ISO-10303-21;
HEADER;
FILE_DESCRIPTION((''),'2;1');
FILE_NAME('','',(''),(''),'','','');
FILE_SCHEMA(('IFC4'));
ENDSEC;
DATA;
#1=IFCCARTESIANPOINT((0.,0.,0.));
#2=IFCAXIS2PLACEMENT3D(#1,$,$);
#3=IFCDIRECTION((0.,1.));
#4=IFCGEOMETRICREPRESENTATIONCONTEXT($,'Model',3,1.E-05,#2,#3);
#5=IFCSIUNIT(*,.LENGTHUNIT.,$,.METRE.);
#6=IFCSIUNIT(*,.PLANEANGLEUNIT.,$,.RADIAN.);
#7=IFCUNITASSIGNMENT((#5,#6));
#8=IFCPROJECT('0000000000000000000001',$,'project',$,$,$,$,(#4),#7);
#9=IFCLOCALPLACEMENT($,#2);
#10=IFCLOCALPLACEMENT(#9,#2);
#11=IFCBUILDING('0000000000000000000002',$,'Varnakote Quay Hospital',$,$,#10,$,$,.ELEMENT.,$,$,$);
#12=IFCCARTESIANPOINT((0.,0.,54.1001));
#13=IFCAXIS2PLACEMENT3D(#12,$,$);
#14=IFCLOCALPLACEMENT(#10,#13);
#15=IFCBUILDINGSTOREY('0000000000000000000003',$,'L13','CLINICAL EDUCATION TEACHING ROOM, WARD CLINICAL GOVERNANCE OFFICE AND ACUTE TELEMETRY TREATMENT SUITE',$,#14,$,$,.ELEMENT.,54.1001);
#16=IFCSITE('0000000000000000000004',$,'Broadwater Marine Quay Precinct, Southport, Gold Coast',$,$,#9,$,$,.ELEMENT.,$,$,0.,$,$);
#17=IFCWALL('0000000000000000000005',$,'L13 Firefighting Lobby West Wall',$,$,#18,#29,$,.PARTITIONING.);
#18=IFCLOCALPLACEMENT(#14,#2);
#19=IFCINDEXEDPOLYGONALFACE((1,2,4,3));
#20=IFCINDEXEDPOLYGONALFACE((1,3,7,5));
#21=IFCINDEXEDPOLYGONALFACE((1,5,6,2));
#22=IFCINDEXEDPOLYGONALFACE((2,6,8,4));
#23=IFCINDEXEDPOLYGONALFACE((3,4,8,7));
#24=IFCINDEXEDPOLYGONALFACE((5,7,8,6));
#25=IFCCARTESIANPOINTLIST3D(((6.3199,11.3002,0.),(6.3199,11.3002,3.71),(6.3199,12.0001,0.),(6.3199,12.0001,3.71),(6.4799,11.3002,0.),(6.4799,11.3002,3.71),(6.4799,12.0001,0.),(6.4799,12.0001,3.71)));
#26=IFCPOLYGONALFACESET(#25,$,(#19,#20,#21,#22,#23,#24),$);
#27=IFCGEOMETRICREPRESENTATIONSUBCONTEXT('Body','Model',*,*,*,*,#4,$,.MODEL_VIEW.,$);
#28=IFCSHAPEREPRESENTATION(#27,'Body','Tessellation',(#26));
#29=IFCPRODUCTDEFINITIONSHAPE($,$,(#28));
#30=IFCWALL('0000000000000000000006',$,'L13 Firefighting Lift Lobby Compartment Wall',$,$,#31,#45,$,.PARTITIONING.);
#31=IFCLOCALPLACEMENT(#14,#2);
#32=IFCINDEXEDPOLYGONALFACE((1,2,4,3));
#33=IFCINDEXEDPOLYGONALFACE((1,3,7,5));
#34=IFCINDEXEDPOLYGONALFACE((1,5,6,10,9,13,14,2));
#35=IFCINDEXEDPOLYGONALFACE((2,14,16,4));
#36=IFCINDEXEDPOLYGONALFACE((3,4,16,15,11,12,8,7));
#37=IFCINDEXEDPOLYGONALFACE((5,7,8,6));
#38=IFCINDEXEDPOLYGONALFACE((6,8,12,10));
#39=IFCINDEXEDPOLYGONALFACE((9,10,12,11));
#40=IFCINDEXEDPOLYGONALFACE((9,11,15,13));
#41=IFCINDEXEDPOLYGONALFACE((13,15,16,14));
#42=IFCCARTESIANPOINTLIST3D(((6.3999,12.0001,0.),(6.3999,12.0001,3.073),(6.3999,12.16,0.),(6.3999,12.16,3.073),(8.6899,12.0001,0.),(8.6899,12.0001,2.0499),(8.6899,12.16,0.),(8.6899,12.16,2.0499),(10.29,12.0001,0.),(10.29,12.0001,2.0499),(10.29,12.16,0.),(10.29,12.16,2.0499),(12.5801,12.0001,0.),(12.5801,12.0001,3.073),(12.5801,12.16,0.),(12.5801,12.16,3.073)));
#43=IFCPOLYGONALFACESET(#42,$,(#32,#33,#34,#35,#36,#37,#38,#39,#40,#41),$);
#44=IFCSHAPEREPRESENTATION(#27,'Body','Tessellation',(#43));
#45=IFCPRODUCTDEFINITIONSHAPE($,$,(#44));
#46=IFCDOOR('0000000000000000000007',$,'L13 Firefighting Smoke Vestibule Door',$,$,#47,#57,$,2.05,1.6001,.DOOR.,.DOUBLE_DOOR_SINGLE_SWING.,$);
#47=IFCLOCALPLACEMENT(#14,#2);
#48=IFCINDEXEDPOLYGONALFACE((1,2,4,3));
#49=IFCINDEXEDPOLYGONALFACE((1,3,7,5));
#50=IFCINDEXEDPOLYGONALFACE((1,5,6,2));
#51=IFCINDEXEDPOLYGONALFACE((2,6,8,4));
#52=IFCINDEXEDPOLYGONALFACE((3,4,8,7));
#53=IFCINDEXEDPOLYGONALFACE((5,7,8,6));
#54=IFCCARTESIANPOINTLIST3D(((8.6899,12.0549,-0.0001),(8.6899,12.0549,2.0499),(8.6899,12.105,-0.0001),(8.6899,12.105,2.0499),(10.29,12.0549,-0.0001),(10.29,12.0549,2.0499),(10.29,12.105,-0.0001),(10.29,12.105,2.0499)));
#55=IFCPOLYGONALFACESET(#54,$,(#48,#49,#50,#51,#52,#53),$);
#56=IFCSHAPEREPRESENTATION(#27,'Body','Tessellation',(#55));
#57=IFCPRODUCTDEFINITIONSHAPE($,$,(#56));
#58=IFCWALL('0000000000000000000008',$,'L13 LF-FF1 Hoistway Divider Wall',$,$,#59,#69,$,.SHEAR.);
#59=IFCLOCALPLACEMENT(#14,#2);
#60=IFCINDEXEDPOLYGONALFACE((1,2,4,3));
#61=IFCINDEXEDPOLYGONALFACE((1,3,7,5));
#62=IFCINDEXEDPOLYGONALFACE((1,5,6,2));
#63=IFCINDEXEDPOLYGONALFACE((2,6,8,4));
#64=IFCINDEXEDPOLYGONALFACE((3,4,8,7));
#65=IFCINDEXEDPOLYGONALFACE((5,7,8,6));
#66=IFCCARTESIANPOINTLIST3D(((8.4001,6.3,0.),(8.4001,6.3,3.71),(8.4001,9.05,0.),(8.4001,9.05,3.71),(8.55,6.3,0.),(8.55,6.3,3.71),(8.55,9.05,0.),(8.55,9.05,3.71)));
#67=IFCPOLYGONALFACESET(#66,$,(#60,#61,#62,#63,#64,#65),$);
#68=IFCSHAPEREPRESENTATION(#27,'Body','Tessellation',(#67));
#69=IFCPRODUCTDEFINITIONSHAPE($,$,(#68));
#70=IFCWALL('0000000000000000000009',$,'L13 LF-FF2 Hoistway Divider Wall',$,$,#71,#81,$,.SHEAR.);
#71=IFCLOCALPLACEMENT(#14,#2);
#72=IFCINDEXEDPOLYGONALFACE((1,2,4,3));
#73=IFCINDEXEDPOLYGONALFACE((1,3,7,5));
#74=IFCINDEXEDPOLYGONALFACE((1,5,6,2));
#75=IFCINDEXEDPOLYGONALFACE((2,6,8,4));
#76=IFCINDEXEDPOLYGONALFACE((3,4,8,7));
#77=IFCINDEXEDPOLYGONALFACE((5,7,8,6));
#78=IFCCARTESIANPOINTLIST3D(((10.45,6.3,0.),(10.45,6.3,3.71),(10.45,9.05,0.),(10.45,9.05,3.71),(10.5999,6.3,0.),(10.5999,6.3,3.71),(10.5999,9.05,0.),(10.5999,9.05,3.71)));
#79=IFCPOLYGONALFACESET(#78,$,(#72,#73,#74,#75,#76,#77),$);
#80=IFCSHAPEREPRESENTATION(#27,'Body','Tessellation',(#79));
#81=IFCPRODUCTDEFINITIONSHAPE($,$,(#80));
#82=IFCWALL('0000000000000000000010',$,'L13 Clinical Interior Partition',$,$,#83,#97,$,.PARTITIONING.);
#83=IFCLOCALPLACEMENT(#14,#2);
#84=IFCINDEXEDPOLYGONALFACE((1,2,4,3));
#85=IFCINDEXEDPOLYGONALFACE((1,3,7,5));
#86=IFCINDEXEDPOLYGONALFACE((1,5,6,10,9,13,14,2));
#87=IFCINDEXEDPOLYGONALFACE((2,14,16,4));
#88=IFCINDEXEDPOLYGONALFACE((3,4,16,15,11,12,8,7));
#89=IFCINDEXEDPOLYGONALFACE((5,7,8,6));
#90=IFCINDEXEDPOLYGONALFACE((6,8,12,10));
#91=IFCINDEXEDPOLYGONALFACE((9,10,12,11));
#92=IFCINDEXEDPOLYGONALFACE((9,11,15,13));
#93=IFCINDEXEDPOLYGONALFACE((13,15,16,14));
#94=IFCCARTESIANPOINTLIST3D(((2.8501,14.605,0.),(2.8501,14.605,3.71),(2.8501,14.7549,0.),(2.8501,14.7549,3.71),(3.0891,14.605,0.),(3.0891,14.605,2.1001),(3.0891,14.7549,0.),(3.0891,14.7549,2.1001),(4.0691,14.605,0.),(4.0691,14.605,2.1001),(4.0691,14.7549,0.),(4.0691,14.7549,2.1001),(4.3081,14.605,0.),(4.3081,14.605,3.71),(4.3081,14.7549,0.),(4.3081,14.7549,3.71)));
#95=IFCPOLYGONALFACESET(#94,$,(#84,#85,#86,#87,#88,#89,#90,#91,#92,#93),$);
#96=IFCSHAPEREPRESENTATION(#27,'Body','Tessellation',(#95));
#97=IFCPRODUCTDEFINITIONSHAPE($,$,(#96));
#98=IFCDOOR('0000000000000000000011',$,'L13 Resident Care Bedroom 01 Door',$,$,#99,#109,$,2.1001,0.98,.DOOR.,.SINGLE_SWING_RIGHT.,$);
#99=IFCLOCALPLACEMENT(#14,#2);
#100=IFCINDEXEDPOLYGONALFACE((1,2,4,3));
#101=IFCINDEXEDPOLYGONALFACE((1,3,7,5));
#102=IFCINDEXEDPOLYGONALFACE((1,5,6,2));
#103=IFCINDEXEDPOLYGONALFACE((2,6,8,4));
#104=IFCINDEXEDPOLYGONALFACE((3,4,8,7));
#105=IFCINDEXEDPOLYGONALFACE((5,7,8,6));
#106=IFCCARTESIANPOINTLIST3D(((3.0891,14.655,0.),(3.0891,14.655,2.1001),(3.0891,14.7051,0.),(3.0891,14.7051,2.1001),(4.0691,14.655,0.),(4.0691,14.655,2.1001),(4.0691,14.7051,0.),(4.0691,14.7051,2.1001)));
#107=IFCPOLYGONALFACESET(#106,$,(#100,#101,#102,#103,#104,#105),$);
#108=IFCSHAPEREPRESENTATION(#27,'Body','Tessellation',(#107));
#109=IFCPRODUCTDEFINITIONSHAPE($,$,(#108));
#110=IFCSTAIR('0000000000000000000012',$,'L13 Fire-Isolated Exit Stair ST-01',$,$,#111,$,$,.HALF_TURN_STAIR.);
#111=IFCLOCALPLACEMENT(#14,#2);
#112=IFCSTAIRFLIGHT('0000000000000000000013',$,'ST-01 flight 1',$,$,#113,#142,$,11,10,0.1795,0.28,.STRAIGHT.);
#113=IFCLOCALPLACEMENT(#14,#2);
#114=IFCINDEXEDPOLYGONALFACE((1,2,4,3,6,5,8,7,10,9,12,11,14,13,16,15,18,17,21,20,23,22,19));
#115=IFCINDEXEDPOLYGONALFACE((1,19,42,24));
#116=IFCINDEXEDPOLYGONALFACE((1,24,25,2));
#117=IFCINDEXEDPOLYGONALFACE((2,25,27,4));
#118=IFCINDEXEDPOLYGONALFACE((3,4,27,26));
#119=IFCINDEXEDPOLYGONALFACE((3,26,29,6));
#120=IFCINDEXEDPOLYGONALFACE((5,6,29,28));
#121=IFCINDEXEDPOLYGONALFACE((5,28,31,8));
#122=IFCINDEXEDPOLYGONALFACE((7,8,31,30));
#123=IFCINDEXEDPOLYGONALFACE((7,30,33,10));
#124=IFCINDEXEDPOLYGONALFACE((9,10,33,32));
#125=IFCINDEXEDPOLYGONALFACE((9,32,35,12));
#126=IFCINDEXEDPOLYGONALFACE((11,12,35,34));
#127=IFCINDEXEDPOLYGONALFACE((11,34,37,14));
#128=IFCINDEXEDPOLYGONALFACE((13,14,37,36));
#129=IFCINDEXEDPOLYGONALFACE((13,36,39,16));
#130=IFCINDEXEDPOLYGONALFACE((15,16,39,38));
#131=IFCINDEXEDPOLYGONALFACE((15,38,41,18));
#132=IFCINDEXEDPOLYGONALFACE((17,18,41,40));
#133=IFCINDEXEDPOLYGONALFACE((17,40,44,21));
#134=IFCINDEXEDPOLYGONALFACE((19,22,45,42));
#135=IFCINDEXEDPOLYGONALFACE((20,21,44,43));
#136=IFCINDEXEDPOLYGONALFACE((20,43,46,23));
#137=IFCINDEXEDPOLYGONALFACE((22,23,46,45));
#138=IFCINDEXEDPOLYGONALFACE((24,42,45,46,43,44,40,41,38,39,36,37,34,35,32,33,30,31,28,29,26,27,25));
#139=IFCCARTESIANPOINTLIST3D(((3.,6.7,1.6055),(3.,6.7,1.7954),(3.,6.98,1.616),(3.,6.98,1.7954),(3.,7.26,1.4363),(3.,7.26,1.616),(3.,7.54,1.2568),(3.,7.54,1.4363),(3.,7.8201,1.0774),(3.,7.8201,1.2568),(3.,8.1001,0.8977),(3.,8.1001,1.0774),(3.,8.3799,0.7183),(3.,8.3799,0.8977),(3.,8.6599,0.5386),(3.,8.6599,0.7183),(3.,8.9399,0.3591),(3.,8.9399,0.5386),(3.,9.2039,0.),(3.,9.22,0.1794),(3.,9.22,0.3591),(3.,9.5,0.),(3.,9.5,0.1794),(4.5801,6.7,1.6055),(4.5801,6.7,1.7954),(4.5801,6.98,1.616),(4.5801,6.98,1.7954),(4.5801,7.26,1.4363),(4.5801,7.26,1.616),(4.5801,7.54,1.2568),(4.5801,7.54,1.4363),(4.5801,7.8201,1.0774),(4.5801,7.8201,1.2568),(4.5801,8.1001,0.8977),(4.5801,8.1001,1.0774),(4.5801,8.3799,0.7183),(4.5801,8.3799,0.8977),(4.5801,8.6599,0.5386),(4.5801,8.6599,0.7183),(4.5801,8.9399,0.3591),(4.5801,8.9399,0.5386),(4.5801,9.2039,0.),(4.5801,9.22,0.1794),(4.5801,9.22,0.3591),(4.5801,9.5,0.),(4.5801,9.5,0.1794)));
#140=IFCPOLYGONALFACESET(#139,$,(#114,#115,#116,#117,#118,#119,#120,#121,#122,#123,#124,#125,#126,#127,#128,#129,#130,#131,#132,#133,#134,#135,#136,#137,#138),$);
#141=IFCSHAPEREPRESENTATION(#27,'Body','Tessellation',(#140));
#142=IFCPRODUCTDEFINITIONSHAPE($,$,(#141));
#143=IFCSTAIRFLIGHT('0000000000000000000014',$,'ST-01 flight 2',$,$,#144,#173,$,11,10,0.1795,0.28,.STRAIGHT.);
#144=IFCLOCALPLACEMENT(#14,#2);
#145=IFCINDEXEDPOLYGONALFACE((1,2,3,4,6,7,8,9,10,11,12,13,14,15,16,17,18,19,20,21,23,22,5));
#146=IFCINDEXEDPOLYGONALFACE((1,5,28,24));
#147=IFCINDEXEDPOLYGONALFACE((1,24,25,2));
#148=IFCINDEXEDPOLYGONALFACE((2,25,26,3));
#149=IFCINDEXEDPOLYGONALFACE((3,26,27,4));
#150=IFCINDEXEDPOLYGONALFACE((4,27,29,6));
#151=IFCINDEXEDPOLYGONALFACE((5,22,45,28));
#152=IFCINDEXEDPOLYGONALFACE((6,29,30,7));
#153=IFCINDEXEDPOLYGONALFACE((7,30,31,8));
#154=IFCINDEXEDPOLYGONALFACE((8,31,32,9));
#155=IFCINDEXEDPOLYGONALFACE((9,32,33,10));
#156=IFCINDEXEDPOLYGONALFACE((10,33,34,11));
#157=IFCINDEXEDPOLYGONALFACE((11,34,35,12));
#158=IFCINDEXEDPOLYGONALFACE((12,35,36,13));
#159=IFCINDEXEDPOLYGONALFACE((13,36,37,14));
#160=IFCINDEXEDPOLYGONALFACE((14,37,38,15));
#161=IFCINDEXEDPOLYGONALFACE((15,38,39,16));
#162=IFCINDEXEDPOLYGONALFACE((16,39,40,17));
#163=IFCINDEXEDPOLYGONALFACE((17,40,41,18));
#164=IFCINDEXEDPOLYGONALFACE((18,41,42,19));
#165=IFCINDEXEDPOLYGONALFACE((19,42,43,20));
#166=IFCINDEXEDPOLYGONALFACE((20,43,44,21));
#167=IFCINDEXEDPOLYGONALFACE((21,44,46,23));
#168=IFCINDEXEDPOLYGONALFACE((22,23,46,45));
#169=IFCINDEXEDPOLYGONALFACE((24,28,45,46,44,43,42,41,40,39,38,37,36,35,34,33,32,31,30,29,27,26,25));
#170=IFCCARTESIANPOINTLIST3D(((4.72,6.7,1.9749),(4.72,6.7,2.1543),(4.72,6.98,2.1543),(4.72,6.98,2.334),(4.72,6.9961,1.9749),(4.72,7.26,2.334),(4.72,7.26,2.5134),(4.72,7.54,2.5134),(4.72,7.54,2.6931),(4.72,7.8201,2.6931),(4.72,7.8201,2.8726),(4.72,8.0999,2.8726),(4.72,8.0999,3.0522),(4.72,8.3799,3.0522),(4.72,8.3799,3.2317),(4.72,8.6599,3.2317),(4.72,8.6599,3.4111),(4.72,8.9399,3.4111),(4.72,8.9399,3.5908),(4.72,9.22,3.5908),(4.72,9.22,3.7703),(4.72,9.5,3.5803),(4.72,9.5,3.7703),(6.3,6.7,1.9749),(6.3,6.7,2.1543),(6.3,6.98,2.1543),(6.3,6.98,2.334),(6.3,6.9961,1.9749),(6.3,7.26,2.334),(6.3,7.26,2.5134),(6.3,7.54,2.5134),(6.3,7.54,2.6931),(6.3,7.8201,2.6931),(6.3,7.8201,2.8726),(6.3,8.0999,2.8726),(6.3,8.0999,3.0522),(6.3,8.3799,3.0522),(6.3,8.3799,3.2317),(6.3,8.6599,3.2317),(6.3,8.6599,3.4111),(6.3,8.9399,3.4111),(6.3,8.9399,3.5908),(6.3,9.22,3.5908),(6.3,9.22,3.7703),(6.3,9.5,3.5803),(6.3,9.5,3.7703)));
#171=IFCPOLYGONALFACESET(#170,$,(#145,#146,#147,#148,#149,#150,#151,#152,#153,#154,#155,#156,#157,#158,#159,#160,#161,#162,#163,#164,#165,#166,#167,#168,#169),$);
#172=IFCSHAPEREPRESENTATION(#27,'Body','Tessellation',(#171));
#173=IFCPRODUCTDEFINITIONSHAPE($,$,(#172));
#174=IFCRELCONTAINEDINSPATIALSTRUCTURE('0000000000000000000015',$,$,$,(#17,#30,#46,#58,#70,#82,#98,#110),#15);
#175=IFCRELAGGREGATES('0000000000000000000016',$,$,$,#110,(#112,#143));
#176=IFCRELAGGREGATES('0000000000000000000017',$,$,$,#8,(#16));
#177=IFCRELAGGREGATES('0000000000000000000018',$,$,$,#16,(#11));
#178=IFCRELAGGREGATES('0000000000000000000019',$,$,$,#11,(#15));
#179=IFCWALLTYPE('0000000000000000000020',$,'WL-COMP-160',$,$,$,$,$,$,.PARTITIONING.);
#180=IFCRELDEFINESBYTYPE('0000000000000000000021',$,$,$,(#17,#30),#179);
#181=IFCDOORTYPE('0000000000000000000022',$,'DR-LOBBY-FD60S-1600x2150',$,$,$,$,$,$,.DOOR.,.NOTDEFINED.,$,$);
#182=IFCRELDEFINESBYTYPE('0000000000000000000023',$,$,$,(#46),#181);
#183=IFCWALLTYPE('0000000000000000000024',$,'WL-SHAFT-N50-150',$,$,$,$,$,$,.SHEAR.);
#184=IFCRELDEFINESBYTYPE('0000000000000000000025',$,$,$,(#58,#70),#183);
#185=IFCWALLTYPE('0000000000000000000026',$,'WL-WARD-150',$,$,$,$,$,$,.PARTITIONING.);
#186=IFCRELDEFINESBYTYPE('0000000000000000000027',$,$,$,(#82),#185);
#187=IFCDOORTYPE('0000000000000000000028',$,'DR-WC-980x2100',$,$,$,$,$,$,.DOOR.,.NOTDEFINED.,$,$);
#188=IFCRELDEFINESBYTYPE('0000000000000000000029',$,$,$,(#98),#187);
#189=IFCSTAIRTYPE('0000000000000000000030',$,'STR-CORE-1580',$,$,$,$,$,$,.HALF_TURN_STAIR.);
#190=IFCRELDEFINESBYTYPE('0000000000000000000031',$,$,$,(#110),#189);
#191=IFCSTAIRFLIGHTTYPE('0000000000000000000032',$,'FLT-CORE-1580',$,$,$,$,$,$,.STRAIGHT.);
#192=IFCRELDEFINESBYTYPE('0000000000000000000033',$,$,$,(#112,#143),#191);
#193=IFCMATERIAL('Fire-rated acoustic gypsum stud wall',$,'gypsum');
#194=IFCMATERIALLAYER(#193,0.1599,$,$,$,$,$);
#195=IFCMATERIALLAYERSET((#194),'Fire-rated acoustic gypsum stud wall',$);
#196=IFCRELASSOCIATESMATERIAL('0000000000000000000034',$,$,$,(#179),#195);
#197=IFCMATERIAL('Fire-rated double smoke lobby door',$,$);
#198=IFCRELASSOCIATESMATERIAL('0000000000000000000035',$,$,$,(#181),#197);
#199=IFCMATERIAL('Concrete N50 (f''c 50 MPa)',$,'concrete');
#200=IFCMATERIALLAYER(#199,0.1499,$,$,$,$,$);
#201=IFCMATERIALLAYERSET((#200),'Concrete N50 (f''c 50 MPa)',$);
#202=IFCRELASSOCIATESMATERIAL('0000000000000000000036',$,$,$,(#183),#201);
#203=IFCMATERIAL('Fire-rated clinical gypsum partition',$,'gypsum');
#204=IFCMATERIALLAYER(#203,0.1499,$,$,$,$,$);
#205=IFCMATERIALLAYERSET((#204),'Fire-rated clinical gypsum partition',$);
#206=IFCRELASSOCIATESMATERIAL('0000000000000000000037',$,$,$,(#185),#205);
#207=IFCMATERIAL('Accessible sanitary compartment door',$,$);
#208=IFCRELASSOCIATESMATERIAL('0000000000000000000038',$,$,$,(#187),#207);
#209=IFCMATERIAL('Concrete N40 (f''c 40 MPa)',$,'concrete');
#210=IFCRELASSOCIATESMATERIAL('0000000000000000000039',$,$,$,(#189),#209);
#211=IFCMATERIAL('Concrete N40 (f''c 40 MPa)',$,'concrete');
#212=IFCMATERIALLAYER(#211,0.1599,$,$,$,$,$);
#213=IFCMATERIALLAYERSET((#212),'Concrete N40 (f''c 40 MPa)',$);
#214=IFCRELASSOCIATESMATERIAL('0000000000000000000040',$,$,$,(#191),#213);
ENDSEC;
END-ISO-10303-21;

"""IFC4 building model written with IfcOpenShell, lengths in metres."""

from ifc_helpers import new_model, si_unit, direction, frame, frame_2d, origin, place, context, subcontext, project, spatial, polyline, rectangle, outline, extrude, material, layer, layer_set, type_object, element, fill, aggregate, save


model = new_model("IFC4")

# Units and contexts
model_context = context("Model", 3, precision=1e-05, world=origin(), true_north=direction((0.0, 1.0)))
body_context = subcontext(model_context, "Body", "Model", "MODEL_VIEW")
ifc_project = project(units=[si_unit("LENGTHUNIT", "METRE"), si_unit("PLANEANGLEUNIT", "RADIAN")], contexts=[model_context])

# Site, building, storey
site_placement = place(None, origin())
site = spatial("IfcSite", under=ifc_project, at=site_placement, Name="Broadwater Marine Quay Precinct, Southport, Gold Coast", CompositionType="ELEMENT", RefElevation=0.0)
building_placement = place(site_placement, origin())
building = spatial("IfcBuilding", under=site, at=building_placement, Name="Varnakote Quay Hospital", CompositionType="ELEMENT")
storey_placement = place(building_placement, frame((0.0, 0.0, 54.1001)))
storey = spatial("IfcBuildingStorey", under=building, at=storey_placement, Name="L13", Description="CLINICAL EDUCATION TEACHING ROOM, WARD CLINICAL GOVERNANCE OFFICE AND ACUTE TELEMETRY TREATMENT SUITE", CompositionType="ELEMENT", Elevation=54.1001)

# Shared definitions
ifc_material_1 = material(Name="Fire-rated acoustic gypsum stud wall", Category="gypsum")
ifc_layer_1 = layer(ifc_material_1, 0.1599)
ifc_layer_set_1 = layer_set([ifc_layer_1], Name="Fire-rated acoustic gypsum stud wall")
wall_type_1 = type_object("IfcWallType", Name="WL-COMP-160", PredefinedType="PARTITIONING", material=ifc_layer_set_1)

# Shared definitions
ifc_material_2 = material(Name="Fire-rated double smoke lobby door")
door_type_1 = type_object("IfcDoorType", Name="DR-LOBBY-FD60S-1600x2150", OperationType="NOTDEFINED", PredefinedType="DOOR", material=ifc_material_2)

# Wall
wall_1_placement = place(storey_placement, frame((6.3999, 11.3, 0.0), z_axis=(0.0, 0.0, 1.0), x_axis=(0.0, 1.0, 0.0)))
element("IfcWall", 1, at=wall_1_placement, inside=storey, type_object=wall_type_1, Name="L13 Firefighting Lobby West Wall", PredefinedType="PARTITIONING", context=body_context, shape_type="SweptSolid", body=[
    extrude(rectangle(XDim=0.7, YDim=0.1599, at=frame_2d((0.3501, 0.0))), origin(), (0.0, 0.0, 1.0), 3.71),
])

# Wall, opening, door
wall_2_placement = place(storey_placement, frame((6.3999, 12.0801, 0.0), z_axis=(0.0, 0.0, 1.0), x_axis=(1.0, 0.0, 0.0)))
wall_2 = element("IfcWall", 2, at=wall_2_placement, inside=storey, type_object=wall_type_1, Name="L13 Firefighting Lift Lobby Compartment Wall", PredefinedType="PARTITIONING", context=body_context, shape_type="SweptSolid", body=[
    extrude(rectangle(XDim=6.1802, YDim=0.1599, at=frame_2d((3.0901, 0.0))), origin(), (0.0, 0.0, 1.0), 3.073),
])
opening_1_placement = place(wall_2_placement, frame((2.29, 0.0, 0.0)))
opening_1 = element("IfcOpeningElement", 3, at=opening_1_placement, cuts=wall_2, PredefinedType="OPENING", context=body_context, shape_type="SweptSolid", body=[
    extrude(rectangle(XDim=1.6001, YDim=2.05, at=frame_2d((0.8, 1.0249))), frame((0.0, 0.0898, 0.0), z_axis=(0.0, -1.0, 0.0), x_axis=(1.0, 0.0, 0.0)), (0.0, 0.0, 1.0), 0.1799),
])
door_1_placement = place(opening_1_placement, origin())
door_1 = element("IfcDoor", 4, at=door_1_placement, inside=storey, type_object=door_type_1, Name="L13 Firefighting Smoke Vestibule Door", OperationType="DOUBLE_DOOR_SINGLE_SWING", OverallHeight=2.05, OverallWidth=1.6001, PredefinedType="DOOR", context=body_context, shape_type="SweptSolid", body=[
    extrude(rectangle(XDim=1.6001, YDim=2.05, at=frame_2d((0.8, 1.0249))), frame((0.0, 0.0249, 0.0), z_axis=(0.0, -1.0, 0.0), x_axis=(1.0, 0.0, 0.0)), (0.0, 0.0, 1.0), 0.05),
])
fill(opening_1, door_1)

# Walls
ifc_material_3 = material(Name="Concrete N50 (f'c 50 MPa)", Category="concrete")
ifc_layer_2 = layer(ifc_material_3, 0.1499)
ifc_layer_set_2 = layer_set([ifc_layer_2], Name="Concrete N50 (f'c 50 MPa)")
wall_type_2 = type_object("IfcWallType", Name="WL-SHAFT-N50-150", PredefinedType="SHEAR", material=ifc_layer_set_2)
for number, where, z_axis, x_axis, name in (
    (5, (8.4751, 6.3, 0.0), (0.0, 0.0, 1.0), (0.0, 1.0, 0.0), "L13 LF-FF1 Hoistway Divider Wall"),
    (6, (10.5249, 6.3, 0.0), (0.0, 0.0, 1.0), (0.0, 1.0, 0.0), "L13 LF-FF2 Hoistway Divider Wall"),
):
    element("IfcWall", number, at=place(storey_placement, frame(where, z_axis=z_axis, x_axis=x_axis)), inside=storey, type_object=wall_type_2, Name=name, PredefinedType="SHEAR", context=body_context, shape_type="SweptSolid", body=[
        extrude(rectangle(XDim=2.75, YDim=0.1499, at=frame_2d((1.375, 0.0))), origin(), (0.0, 0.0, 1.0), 3.71),
    ])

# Wall, opening, door
ifc_material_4 = material(Name="Fire-rated clinical gypsum partition", Category="gypsum")
ifc_layer_3 = layer(ifc_material_4, 0.1499)
ifc_layer_set_3 = layer_set([ifc_layer_3], Name="Fire-rated clinical gypsum partition")
wall_type_3 = type_object("IfcWallType", Name="WL-WARD-150", PredefinedType="PARTITIONING", material=ifc_layer_set_3)
wall_3_placement = place(storey_placement, frame((4.3081, 14.6799, 0.0), z_axis=(0.0, 0.0, 1.0), x_axis=(-1.0, 0.0, 0.0)))
wall_3 = element("IfcWall", 7, at=wall_3_placement, inside=storey, type_object=wall_type_3, Name="L13 Clinical Interior Partition", PredefinedType="PARTITIONING", context=body_context, shape_type="SweptSolid", body=[
    extrude(rectangle(XDim=1.458, YDim=0.1499, at=frame_2d((0.729, 0.0))), origin(), (0.0, 0.0, 1.0), 3.71),
])
opening_2_placement = place(wall_3_placement, frame((0.239, 0.0, 0.0)))
opening_2 = element("IfcOpeningElement", 8, at=opening_2_placement, cuts=wall_3, PredefinedType="OPENING", context=body_context, shape_type="SweptSolid", body=[
    extrude(rectangle(XDim=0.98, YDim=2.1001, at=frame_2d((0.49, 1.05))), frame((0.0, 0.085, 0.0), z_axis=(0.0, -1.0, 0.0), x_axis=(1.0, 0.0, 0.0)), (0.0, 0.0, 1.0), 0.1699),
])
ifc_material_5 = material(Name="Accessible sanitary compartment door")
door_type_2 = type_object("IfcDoorType", Name="DR-WC-980x2100", OperationType="NOTDEFINED", PredefinedType="DOOR", material=ifc_material_5)
door_2_placement = place(opening_2_placement, origin())
door_2 = element("IfcDoor", 9, at=door_2_placement, inside=storey, type_object=door_type_2, Name="L13 Resident Care Bedroom 01 Door", OperationType="SINGLE_SWING_RIGHT", OverallHeight=2.1001, OverallWidth=0.98, PredefinedType="DOOR", context=body_context, shape_type="SweptSolid", body=[
    extrude(rectangle(XDim=0.98, YDim=2.1001, at=frame_2d((0.49, 1.05))), frame((0.0, 0.0249, 0.0), z_axis=(0.0, -1.0, 0.0), x_axis=(1.0, 0.0, 0.0)), (0.0, 0.0, 1.0), 0.05),
])
fill(opening_2, door_2)

# Stair, stair flights
ifc_material_6 = material(Name="Concrete N40 (f'c 40 MPa)", Category="concrete")
stair_type = type_object("IfcStairType", Name="STR-CORE-1580", PredefinedType="HALF_TURN_STAIR", material=ifc_material_6)
stair_placement = place(storey_placement, origin())
stair = element("IfcStair", 10, at=stair_placement, inside=storey, type_object=stair_type, Name="L13 Fire-Isolated Exit Stair ST-01", PredefinedType="HALF_TURN_STAIR")
ifc_material_7 = material(Name="Concrete N40 (f'c 40 MPa)", Category="concrete")
ifc_layer_4 = layer(ifc_material_7, 0.1599)
ifc_layer_set_4 = layer_set([ifc_layer_4], Name="Concrete N40 (f'c 40 MPa)")
stair_flight_type = type_object("IfcStairFlightType", Name="FLT-CORE-1580", PredefinedType="STRAIGHT", material=ifc_layer_set_4)
stair_flight_1_placement = place(storey_placement, frame((3.79, 9.5, 0.0), z_axis=(0.0, 0.0, 1.0), x_axis=(0.0, -1.0, 0.0)))
stair_flight_1 = element("IfcStairFlight", 11, at=stair_flight_1_placement, type_object=stair_flight_type, Name="ST-01 flight 1", NumberOfRisers=11, NumberOfTreads=10, PredefinedType="STRAIGHT", RiserHeight=0.1795, TreadLength=0.28, context=body_context, shape_type="SweptSolid", body=[
    extrude(outline(polyline([(0.0, 0.0), (0.0, 0.1794), (0.28, 0.1794), (0.28, 0.3591), (0.5601, 0.3591), (0.5601, 0.5386), (0.8401, 0.5386), (0.8401, 0.7183), (1.1201, 0.7183), (1.1201, 0.8977), (1.3999, 0.8977), (1.3999, 1.0774), (1.6799, 1.0774), (1.6799, 1.2568), (1.96, 1.2568), (1.96, 1.4363), (2.24, 1.4363), (2.24, 1.616), (2.52, 1.616), (2.52, 1.7954), (2.8, 1.7954), (2.8, 1.9751), (2.8, 1.6055), (0.2961, 0.0), (0.0, 0.0)])), frame((0.0, 0.79, 0.0), z_axis=(0.0, -1.0, 0.0), x_axis=(1.0, 0.0, 0.0)), (0.0, 0.0, 1.0), 1.5801),
])
stair_flight_2_placement = place(storey_placement, frame((5.51, 6.7, 1.9749), z_axis=(0.0, 0.0, 1.0), x_axis=(0.0, 1.0, 0.0)))
stair_flight_2 = element("IfcStairFlight", 12, at=stair_flight_2_placement, type_object=stair_flight_type, Name="ST-01 flight 2", NumberOfRisers=11, NumberOfTreads=10, PredefinedType="STRAIGHT", RiserHeight=0.1795, TreadLength=0.28, context=body_context, shape_type="SweptSolid", body=[
    extrude(outline(polyline([(0.0, 0.0), (0.0, 0.1794), (0.28, 0.1794), (0.28, 0.3591), (0.5601, 0.3591), (0.5601, 0.5386), (0.8401, 0.5386), (0.8401, 0.7183), (1.1201, 0.7183), (1.1201, 0.8977), (1.3999, 0.8977), (1.3999, 1.0774), (1.6799, 1.0774), (1.6799, 1.2568), (1.96, 1.2568), (1.96, 1.4363), (2.24, 1.4363), (2.24, 1.616), (2.52, 1.616), (2.52, 1.7954), (2.8, 1.7954), (2.8, 1.9751), (2.8, 1.6055), (0.2961, 0.0), (0.0, 0.0)])), frame((0.0, 0.79, 0.0), z_axis=(0.0, -1.0, 0.0), x_axis=(1.0, 0.0, 0.0)), (0.0, 0.0, 1.0), 1.5801),
])
aggregate(stair, [stair_flight_1, stair_flight_2])

save(model, "model.ifc")
